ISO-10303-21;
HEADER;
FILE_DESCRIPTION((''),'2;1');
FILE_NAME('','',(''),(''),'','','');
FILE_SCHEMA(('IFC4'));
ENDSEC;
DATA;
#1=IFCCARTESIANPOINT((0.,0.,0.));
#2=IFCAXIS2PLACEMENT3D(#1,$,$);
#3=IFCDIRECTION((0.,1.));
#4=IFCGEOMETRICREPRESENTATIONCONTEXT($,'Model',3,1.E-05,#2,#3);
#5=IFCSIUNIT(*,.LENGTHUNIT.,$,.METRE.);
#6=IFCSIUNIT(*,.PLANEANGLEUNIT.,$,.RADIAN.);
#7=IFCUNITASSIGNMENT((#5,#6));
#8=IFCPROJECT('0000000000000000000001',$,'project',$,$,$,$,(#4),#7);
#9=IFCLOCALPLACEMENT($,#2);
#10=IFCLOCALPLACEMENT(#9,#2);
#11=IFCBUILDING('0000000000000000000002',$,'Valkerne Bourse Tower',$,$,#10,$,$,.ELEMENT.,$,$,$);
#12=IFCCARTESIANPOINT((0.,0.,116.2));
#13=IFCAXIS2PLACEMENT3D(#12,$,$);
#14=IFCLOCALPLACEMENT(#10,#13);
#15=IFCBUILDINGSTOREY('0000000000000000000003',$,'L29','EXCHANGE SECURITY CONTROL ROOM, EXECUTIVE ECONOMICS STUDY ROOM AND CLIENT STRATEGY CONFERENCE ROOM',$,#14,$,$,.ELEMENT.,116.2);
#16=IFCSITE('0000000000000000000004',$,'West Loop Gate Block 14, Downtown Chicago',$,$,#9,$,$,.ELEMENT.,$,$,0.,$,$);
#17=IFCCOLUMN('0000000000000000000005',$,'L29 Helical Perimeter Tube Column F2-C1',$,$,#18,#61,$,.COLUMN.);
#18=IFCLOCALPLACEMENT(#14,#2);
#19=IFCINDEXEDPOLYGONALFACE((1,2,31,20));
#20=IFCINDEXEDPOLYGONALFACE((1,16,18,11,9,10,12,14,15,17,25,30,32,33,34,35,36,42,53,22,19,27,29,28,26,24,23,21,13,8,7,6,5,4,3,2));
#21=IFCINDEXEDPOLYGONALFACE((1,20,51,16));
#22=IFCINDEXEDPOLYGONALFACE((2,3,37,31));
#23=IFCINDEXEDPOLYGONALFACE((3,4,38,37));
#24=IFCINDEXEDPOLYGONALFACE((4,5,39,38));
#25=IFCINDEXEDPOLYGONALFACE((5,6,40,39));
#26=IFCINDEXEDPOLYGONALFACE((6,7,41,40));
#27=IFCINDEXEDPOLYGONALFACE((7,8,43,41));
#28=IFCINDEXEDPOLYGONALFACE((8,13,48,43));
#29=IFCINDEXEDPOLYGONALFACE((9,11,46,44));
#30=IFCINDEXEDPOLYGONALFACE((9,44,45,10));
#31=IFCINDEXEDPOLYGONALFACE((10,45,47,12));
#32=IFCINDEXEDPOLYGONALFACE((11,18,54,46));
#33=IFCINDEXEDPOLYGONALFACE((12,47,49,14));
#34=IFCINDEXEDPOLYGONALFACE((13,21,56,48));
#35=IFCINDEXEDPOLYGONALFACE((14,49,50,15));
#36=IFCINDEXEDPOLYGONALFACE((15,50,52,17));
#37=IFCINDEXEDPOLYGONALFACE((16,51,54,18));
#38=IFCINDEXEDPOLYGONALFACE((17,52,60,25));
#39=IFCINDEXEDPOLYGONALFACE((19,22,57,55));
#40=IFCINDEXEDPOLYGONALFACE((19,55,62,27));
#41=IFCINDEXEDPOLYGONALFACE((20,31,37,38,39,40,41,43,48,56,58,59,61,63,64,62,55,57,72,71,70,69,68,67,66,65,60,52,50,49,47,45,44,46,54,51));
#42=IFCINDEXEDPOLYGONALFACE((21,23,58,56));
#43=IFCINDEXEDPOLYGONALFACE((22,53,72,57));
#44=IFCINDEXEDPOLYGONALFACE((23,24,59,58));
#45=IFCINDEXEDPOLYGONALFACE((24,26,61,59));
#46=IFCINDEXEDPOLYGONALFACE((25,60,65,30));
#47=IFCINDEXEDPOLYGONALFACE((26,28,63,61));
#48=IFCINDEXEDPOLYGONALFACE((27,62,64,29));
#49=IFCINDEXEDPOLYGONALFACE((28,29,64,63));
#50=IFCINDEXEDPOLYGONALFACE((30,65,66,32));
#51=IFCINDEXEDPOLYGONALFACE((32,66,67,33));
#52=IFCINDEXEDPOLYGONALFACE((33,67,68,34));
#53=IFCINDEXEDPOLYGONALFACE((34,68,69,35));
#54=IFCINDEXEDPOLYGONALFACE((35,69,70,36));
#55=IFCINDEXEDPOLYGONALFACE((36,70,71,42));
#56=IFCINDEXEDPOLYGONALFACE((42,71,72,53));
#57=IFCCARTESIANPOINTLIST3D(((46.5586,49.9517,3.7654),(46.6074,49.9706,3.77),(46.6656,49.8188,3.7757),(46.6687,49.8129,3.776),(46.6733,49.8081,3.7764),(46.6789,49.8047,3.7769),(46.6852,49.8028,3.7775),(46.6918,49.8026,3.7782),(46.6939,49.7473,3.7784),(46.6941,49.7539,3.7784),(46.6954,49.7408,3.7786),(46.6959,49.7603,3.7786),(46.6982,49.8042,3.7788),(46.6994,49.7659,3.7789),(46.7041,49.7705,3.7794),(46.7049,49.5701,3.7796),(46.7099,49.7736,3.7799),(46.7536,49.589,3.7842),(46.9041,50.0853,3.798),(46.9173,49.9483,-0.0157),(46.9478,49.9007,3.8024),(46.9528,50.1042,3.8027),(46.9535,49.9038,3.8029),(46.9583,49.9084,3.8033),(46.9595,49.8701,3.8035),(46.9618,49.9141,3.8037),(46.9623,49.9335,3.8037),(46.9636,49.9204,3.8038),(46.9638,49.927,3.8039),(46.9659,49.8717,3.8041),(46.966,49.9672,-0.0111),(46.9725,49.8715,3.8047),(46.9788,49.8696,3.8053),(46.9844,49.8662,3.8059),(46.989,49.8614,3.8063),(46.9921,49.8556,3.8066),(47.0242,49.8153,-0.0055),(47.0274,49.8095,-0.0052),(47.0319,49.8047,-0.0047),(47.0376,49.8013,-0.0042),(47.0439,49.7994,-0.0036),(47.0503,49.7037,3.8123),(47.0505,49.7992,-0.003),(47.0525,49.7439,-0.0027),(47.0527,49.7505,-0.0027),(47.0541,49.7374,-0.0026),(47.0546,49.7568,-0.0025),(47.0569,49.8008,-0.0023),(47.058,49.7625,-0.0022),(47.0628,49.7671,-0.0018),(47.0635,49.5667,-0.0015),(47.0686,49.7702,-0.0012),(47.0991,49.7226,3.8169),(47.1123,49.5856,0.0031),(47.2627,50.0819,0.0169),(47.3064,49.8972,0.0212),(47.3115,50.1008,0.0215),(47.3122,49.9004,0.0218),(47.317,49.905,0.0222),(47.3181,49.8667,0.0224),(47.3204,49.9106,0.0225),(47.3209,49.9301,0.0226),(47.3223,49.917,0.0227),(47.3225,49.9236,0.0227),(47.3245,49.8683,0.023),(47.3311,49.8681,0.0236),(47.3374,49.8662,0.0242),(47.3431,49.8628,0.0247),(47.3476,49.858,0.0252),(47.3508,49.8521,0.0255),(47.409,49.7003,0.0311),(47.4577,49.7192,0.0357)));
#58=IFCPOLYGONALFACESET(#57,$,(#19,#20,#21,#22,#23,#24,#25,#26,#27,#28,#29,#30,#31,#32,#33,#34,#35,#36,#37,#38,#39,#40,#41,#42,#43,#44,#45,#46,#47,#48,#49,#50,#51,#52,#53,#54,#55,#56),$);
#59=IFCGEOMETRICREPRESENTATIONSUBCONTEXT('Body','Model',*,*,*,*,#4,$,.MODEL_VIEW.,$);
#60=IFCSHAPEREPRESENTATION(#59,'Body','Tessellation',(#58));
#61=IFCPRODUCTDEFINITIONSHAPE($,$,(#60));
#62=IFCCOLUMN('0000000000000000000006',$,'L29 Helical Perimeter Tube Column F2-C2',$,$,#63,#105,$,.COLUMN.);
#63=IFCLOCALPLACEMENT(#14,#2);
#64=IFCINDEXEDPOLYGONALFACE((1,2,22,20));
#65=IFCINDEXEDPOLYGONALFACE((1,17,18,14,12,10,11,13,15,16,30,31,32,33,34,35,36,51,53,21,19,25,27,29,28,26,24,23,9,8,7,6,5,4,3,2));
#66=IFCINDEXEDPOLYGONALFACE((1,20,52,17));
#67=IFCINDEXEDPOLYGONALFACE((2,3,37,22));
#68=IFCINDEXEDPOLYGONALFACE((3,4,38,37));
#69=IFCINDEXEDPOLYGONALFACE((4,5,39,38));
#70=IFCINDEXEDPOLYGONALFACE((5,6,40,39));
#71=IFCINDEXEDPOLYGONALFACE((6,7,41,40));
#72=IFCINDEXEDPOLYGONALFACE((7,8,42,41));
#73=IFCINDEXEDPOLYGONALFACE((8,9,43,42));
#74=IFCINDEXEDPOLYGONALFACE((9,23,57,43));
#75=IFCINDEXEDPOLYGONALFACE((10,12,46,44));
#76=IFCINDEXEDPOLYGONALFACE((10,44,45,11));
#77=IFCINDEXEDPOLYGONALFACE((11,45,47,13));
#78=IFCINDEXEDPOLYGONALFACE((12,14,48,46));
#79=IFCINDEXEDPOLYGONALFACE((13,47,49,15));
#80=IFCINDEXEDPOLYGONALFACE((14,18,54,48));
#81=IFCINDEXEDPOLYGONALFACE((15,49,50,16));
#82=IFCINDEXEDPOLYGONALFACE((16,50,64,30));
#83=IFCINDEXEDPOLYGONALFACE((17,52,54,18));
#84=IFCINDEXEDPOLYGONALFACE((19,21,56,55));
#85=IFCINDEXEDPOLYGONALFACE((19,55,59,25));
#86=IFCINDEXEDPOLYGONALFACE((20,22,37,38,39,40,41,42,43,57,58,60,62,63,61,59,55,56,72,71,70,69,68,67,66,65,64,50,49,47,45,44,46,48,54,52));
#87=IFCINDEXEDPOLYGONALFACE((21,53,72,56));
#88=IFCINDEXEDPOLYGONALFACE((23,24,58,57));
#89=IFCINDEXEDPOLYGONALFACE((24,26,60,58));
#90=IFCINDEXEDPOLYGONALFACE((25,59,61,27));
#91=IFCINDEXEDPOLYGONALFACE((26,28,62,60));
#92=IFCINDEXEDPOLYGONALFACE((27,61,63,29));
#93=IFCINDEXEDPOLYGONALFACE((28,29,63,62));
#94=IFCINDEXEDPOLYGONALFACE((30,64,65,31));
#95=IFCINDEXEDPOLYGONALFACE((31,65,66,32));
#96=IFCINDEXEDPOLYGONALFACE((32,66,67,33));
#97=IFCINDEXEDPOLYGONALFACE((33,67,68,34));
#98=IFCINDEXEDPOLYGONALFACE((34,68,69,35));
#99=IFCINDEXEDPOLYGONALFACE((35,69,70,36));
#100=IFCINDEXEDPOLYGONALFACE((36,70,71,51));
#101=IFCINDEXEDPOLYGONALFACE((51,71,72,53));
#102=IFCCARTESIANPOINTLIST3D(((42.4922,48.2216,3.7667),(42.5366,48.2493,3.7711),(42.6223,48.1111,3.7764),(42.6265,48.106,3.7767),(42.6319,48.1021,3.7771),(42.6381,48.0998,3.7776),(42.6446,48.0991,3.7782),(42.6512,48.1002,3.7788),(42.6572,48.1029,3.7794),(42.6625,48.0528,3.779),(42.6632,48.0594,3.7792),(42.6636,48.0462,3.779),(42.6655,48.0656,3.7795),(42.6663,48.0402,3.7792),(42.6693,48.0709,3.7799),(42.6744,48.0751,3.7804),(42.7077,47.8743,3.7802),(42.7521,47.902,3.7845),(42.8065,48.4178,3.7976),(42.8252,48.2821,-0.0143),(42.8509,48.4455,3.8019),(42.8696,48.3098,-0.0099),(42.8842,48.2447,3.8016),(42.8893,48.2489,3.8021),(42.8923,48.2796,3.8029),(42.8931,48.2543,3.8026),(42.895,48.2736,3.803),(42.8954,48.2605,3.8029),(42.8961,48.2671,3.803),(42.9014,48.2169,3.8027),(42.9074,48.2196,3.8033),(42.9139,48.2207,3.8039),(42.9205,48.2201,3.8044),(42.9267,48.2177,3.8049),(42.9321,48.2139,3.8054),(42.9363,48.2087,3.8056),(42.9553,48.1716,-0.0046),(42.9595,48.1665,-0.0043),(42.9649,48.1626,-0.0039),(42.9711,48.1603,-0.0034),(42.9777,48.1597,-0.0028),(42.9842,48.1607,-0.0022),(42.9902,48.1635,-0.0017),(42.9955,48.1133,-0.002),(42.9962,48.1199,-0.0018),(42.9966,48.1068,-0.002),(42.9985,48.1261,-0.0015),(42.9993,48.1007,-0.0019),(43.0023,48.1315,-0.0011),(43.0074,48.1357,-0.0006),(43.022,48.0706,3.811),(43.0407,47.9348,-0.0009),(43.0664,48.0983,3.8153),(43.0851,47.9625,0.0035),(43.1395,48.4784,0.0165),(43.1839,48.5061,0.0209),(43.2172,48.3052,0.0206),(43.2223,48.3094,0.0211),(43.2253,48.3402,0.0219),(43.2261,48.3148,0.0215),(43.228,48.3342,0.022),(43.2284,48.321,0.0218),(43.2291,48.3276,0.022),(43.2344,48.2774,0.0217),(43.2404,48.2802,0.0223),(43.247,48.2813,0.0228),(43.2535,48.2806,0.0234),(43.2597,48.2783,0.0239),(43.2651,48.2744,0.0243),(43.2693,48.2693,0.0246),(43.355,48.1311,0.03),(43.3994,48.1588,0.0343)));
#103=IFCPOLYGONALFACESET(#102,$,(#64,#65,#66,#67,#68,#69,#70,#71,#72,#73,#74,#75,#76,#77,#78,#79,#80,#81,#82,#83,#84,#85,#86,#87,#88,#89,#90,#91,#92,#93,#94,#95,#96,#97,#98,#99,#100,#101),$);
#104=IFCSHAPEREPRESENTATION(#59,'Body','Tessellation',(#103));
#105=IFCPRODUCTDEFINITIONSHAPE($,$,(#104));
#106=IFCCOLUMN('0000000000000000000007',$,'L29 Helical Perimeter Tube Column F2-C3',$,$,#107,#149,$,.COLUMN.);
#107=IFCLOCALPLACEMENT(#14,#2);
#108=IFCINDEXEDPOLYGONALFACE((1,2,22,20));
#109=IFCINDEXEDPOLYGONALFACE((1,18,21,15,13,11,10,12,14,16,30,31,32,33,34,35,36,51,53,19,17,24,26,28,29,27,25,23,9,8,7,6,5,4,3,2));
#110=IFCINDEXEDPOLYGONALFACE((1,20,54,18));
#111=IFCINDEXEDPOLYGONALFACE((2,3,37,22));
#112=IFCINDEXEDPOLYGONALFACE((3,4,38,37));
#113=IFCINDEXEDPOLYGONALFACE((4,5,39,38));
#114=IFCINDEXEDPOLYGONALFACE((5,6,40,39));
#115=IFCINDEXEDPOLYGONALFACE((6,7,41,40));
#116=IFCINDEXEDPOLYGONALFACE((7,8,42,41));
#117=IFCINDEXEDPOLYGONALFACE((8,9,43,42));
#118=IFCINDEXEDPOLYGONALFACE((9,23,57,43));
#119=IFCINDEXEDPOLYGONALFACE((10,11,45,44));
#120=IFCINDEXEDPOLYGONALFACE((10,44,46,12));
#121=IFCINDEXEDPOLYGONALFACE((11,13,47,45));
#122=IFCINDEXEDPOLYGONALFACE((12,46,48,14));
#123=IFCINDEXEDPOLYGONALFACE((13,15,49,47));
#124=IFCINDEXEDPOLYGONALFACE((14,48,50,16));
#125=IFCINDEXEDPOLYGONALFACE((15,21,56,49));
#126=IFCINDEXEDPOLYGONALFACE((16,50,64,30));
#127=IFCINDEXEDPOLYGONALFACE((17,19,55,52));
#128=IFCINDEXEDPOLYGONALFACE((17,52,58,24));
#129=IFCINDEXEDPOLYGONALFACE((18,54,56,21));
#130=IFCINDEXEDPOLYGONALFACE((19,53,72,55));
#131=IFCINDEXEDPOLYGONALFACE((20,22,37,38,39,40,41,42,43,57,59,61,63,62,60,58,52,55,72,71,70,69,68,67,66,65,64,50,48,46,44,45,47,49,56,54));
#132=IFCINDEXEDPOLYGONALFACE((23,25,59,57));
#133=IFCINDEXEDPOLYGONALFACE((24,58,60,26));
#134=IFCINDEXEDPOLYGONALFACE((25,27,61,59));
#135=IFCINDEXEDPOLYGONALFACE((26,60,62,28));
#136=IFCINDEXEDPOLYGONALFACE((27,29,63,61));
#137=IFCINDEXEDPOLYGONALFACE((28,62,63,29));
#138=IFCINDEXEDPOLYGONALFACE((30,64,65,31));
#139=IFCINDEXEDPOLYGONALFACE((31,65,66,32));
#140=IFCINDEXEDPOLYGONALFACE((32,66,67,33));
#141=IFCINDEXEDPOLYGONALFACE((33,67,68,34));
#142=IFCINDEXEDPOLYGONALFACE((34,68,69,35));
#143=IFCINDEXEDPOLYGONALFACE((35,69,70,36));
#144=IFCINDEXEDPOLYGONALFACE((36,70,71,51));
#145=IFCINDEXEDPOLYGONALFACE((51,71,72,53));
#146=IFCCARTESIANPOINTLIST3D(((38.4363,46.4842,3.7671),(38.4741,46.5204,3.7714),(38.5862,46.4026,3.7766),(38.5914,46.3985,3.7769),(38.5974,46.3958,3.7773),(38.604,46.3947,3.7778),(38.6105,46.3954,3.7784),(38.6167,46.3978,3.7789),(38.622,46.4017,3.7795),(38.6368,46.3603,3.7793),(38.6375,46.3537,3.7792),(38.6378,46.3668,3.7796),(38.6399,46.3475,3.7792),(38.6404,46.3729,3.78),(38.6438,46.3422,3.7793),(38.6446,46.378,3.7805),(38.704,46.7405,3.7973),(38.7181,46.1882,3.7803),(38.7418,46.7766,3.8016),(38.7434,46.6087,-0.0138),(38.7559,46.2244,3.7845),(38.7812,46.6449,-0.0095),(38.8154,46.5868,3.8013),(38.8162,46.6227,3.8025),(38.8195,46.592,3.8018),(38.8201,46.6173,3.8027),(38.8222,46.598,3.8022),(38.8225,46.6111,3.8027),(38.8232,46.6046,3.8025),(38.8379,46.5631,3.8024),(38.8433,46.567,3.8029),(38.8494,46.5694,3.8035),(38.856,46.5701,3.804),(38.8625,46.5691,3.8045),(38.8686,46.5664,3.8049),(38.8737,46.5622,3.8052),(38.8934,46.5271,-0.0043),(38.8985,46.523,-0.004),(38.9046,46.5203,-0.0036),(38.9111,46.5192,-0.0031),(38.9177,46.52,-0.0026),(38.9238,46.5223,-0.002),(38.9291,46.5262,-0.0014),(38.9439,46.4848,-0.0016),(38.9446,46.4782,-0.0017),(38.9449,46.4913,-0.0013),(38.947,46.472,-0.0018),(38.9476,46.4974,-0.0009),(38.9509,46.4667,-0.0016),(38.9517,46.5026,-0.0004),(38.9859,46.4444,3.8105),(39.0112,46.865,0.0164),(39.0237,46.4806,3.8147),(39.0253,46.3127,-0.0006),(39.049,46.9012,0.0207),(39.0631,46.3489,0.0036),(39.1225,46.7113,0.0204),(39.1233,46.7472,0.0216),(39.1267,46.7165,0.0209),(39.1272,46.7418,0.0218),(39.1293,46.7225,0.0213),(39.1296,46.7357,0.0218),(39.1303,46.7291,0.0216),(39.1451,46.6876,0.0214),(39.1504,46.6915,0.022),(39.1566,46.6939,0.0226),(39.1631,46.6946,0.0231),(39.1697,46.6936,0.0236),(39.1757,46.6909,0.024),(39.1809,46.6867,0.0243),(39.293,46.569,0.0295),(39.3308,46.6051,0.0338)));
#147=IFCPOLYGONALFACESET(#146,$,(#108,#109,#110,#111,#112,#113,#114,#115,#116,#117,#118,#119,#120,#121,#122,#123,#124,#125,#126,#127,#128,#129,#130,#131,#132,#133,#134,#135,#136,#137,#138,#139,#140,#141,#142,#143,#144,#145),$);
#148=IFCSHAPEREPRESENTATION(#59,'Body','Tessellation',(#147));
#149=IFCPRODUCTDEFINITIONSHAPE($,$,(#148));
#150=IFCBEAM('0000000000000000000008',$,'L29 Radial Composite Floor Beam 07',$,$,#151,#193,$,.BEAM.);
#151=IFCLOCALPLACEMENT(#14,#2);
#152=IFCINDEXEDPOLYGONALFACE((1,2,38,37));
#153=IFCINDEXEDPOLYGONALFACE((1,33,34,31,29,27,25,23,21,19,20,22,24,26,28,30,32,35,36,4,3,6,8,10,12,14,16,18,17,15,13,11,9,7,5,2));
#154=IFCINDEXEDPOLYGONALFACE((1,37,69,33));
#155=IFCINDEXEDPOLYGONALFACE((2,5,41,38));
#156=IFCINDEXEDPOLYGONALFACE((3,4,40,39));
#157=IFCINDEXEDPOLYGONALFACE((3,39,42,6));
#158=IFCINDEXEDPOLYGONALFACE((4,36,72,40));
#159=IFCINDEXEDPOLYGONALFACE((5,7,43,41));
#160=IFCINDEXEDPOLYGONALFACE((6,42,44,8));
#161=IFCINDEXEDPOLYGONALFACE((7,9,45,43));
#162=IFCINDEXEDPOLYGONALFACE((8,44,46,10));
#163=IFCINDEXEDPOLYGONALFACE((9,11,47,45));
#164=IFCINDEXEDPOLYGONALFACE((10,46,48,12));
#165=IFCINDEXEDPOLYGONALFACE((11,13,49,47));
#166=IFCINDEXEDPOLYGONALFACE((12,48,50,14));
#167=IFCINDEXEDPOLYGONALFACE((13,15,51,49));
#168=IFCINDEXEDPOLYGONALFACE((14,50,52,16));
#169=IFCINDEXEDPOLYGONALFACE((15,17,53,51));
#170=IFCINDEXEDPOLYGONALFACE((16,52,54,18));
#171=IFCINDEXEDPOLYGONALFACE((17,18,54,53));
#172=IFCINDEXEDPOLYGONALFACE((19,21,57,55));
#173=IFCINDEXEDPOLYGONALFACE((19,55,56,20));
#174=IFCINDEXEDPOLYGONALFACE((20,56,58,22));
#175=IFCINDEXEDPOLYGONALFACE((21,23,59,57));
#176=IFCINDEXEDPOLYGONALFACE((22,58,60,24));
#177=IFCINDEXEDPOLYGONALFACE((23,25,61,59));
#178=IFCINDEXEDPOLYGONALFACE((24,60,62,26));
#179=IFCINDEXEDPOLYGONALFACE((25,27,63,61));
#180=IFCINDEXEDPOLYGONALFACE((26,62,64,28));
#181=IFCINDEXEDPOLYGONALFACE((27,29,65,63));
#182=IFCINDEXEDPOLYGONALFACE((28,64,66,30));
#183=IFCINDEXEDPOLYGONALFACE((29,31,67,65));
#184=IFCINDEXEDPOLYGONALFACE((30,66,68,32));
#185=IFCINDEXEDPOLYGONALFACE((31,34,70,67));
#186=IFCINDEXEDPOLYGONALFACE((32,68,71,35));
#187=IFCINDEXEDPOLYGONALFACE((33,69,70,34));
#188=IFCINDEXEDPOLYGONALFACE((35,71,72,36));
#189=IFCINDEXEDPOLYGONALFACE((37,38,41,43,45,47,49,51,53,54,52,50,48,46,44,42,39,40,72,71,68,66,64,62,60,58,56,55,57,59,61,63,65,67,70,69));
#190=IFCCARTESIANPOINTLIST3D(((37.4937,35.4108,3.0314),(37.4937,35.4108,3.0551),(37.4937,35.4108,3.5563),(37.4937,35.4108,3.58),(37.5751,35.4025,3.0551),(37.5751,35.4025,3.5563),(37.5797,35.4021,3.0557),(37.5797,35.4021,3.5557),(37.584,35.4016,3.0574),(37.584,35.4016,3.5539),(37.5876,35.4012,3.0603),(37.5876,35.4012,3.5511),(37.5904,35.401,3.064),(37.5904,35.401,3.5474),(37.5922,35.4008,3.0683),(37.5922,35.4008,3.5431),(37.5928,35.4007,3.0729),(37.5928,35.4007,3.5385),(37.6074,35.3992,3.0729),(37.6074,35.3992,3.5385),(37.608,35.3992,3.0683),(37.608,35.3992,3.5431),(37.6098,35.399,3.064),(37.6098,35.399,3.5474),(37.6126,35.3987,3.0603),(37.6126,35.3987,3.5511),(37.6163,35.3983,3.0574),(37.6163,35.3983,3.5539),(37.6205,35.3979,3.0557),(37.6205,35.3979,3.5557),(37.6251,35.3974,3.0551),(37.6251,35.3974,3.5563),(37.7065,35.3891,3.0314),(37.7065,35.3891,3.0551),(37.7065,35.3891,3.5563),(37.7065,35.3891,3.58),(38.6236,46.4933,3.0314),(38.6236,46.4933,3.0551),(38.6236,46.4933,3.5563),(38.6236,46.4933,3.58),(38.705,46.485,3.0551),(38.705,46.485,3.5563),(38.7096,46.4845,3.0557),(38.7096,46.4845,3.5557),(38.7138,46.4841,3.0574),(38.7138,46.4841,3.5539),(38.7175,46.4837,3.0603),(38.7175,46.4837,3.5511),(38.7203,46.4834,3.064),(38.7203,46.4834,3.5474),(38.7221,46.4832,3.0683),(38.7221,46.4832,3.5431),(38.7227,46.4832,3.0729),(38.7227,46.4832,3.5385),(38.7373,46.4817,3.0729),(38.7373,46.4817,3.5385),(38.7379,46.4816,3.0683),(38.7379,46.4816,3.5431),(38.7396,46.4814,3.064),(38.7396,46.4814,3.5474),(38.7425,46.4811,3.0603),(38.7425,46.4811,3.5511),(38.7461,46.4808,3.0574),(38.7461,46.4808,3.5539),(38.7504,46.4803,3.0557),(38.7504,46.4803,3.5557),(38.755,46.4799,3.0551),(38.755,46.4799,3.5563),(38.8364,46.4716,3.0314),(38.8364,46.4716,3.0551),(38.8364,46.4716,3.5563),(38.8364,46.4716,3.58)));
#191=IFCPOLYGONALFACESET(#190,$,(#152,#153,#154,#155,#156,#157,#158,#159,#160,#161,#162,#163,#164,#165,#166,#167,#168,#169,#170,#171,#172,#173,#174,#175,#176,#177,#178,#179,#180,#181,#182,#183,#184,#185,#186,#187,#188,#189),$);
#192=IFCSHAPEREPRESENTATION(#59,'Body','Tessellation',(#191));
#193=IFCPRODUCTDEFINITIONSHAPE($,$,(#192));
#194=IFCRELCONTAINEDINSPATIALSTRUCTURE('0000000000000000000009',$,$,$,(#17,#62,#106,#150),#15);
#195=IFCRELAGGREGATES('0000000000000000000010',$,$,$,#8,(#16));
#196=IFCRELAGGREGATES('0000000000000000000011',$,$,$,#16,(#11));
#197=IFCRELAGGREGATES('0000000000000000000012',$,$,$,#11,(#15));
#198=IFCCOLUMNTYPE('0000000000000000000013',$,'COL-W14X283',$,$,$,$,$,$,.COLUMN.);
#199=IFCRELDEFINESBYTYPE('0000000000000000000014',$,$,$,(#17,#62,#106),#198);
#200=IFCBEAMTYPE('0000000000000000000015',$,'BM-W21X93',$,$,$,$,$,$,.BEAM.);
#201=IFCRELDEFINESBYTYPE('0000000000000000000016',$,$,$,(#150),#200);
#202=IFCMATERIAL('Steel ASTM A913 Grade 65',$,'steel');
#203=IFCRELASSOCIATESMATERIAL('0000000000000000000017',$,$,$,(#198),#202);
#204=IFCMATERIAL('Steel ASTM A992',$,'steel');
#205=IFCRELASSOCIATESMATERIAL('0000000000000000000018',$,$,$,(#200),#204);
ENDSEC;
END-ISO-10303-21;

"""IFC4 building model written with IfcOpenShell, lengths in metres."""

from ifc_helpers import new_model, si_unit, direction, frame, origin, origin_2d, place, context, subcontext, project, spatial, i_section, extrude, material, material_profile, profile_set, type_object, element, save


model = new_model("IFC4")

# Units and contexts
model_context = context("Model", 3, precision=1e-05, world=origin(), true_north=direction((0.0, 1.0)))
body_context = subcontext(model_context, "Body", "Model", "MODEL_VIEW")
ifc_project = project(units=[si_unit("LENGTHUNIT", "METRE"), si_unit("PLANEANGLEUNIT", "RADIAN")], contexts=[model_context])

# Site, building, storey
site_placement = place(None, origin())
site = spatial("IfcSite", under=ifc_project, at=site_placement, Name="West Loop Gate Block 14, Downtown Chicago", CompositionType="ELEMENT", RefElevation=0.0)
building_placement = place(site_placement, origin())
building = spatial("IfcBuilding", under=site, at=building_placement, Name="Valkerne Bourse Tower", CompositionType="ELEMENT")
storey_placement = place(building_placement, frame((0.0, 0.0, 116.2)))
storey = spatial("IfcBuildingStorey", under=building, at=storey_placement, Name="L29", Description="EXCHANGE SECURITY CONTROL ROOM, EXECUTIVE ECONOMICS STUDY ROOM AND CLIENT STRATEGY CONFERENCE ROOM", CompositionType="ELEMENT", Elevation=116.2)

# Columns
ifc_material_1 = material(Name="Steel ASTM A913 Grade 65", Category="steel")
ifc_material_profile_1 = material_profile(ifc_material_1, i_section(OverallWidth=0.4089, OverallDepth=0.4243, WebThickness=0.0327, FlangeThickness=0.0525, FilletRadius=0.0254, at=origin_2d()), Name="W14X283")
ifc_profile_set_1 = profile_set([ifc_material_profile_1], Name="Steel ASTM A913 Grade 65")
column_type = type_object("IfcColumnType", Name="COL-W14X283", PredefinedType="COLUMN", material=ifc_profile_set_1)
column_1_placement = place(storey_placement, frame((47.1875, 49.8337, 0.01), z_axis=(-0.09443, 0.0009, 0.995531), x_axis=(-0.357602, 0.933227, -0.034764)))
element("IfcColumn", 1, at=column_1_placement, inside=storey, type_object=column_type, Name="L29 Helical Perimeter Tube Column F2-C1", PredefinedType="COLUMN", context=body_context, shape_type="SweptSolid", body=[
    extrude(i_section(OverallWidth=0.4089, OverallDepth=0.4243, WebThickness=0.0327, FlangeThickness=0.0525, FilletRadius=0.0254, at=origin_2d()), origin(), (0.0, 0.0, 1.0), 3.7981),
])
column_2_placement = place(storey_placement, frame((43.1123, 48.2205, 0.01), z_axis=(-0.087723, -0.01595, 0.996017), x_axis=(-0.527068, 0.849189, -0.032822)))
element("IfcColumn", 2, at=column_2_placement, inside=storey, type_object=column_type, Name="L29 Helical Perimeter Tube Column F2-C2", PredefinedType="COLUMN", context=body_context, shape_type="SweptSolid", body=[
    extrude(i_section(OverallWidth=0.4089, OverallDepth=0.4243, WebThickness=0.0327, FlangeThickness=0.0525, FilletRadius=0.0254, at=origin_2d()), origin(), (0.0, 0.0, 1.0), 3.7961),
])
column_3_placement = place(storey_placement, frame((39.0371, 46.6069, 0.01), z_axis=(-0.080919, -0.032805, 0.996181), x_axis=(-0.689174, 0.723882, -0.032143)))
element("IfcColumn", 3, at=column_3_placement, inside=storey, type_object=column_type, Name="L29 Helical Perimeter Tube Column F2-C3", PredefinedType="COLUMN", context=body_context, shape_type="SweptSolid", body=[
    extrude(i_section(OverallWidth=0.4089, OverallDepth=0.4243, WebThickness=0.0327, FlangeThickness=0.0525, FilletRadius=0.0254, at=origin_2d()), origin(), (0.0, 0.0, 1.0), 3.7954),
])

# Beam
ifc_material_2 = material(Name="Steel ASTM A992", Category="steel")
ifc_material_profile_2 = material_profile(ifc_material_2, i_section(OverallWidth=0.2139, OverallDepth=0.5486, WebThickness=0.0146, FlangeThickness=0.0237, FilletRadius=0.0178, at=origin_2d()), Name="W21X93")
ifc_profile_set_2 = profile_set([ifc_material_profile_2], Name="Steel ASTM A992")
beam_type_1 = type_object("IfcBeamType", Name="BM-W21X93", PredefinedType="BEAM", material=ifc_profile_set_2)
beam_1_placement = place(storey_placement, frame((38.73, 46.4824, 3.3057), z_axis=(-0.101426, -0.994843, 0.0), x_axis=(0.994843, -0.101426, 0.0)))
element("IfcBeam", 4, at=beam_1_placement, inside=storey, type_object=beam_type_1, Name="L29 Radial Composite Floor Beam 07", PredefinedType="BEAM", context=body_context, shape_type="SweptSolid", body=[
    extrude(i_section(OverallWidth=0.2139, OverallDepth=0.5486, WebThickness=0.0146, FlangeThickness=0.0237, FilletRadius=0.0178, at=origin_2d()), origin(), (0.0, 0.0, 1.0), 11.1399),
])

save(model, "model.ifc")
